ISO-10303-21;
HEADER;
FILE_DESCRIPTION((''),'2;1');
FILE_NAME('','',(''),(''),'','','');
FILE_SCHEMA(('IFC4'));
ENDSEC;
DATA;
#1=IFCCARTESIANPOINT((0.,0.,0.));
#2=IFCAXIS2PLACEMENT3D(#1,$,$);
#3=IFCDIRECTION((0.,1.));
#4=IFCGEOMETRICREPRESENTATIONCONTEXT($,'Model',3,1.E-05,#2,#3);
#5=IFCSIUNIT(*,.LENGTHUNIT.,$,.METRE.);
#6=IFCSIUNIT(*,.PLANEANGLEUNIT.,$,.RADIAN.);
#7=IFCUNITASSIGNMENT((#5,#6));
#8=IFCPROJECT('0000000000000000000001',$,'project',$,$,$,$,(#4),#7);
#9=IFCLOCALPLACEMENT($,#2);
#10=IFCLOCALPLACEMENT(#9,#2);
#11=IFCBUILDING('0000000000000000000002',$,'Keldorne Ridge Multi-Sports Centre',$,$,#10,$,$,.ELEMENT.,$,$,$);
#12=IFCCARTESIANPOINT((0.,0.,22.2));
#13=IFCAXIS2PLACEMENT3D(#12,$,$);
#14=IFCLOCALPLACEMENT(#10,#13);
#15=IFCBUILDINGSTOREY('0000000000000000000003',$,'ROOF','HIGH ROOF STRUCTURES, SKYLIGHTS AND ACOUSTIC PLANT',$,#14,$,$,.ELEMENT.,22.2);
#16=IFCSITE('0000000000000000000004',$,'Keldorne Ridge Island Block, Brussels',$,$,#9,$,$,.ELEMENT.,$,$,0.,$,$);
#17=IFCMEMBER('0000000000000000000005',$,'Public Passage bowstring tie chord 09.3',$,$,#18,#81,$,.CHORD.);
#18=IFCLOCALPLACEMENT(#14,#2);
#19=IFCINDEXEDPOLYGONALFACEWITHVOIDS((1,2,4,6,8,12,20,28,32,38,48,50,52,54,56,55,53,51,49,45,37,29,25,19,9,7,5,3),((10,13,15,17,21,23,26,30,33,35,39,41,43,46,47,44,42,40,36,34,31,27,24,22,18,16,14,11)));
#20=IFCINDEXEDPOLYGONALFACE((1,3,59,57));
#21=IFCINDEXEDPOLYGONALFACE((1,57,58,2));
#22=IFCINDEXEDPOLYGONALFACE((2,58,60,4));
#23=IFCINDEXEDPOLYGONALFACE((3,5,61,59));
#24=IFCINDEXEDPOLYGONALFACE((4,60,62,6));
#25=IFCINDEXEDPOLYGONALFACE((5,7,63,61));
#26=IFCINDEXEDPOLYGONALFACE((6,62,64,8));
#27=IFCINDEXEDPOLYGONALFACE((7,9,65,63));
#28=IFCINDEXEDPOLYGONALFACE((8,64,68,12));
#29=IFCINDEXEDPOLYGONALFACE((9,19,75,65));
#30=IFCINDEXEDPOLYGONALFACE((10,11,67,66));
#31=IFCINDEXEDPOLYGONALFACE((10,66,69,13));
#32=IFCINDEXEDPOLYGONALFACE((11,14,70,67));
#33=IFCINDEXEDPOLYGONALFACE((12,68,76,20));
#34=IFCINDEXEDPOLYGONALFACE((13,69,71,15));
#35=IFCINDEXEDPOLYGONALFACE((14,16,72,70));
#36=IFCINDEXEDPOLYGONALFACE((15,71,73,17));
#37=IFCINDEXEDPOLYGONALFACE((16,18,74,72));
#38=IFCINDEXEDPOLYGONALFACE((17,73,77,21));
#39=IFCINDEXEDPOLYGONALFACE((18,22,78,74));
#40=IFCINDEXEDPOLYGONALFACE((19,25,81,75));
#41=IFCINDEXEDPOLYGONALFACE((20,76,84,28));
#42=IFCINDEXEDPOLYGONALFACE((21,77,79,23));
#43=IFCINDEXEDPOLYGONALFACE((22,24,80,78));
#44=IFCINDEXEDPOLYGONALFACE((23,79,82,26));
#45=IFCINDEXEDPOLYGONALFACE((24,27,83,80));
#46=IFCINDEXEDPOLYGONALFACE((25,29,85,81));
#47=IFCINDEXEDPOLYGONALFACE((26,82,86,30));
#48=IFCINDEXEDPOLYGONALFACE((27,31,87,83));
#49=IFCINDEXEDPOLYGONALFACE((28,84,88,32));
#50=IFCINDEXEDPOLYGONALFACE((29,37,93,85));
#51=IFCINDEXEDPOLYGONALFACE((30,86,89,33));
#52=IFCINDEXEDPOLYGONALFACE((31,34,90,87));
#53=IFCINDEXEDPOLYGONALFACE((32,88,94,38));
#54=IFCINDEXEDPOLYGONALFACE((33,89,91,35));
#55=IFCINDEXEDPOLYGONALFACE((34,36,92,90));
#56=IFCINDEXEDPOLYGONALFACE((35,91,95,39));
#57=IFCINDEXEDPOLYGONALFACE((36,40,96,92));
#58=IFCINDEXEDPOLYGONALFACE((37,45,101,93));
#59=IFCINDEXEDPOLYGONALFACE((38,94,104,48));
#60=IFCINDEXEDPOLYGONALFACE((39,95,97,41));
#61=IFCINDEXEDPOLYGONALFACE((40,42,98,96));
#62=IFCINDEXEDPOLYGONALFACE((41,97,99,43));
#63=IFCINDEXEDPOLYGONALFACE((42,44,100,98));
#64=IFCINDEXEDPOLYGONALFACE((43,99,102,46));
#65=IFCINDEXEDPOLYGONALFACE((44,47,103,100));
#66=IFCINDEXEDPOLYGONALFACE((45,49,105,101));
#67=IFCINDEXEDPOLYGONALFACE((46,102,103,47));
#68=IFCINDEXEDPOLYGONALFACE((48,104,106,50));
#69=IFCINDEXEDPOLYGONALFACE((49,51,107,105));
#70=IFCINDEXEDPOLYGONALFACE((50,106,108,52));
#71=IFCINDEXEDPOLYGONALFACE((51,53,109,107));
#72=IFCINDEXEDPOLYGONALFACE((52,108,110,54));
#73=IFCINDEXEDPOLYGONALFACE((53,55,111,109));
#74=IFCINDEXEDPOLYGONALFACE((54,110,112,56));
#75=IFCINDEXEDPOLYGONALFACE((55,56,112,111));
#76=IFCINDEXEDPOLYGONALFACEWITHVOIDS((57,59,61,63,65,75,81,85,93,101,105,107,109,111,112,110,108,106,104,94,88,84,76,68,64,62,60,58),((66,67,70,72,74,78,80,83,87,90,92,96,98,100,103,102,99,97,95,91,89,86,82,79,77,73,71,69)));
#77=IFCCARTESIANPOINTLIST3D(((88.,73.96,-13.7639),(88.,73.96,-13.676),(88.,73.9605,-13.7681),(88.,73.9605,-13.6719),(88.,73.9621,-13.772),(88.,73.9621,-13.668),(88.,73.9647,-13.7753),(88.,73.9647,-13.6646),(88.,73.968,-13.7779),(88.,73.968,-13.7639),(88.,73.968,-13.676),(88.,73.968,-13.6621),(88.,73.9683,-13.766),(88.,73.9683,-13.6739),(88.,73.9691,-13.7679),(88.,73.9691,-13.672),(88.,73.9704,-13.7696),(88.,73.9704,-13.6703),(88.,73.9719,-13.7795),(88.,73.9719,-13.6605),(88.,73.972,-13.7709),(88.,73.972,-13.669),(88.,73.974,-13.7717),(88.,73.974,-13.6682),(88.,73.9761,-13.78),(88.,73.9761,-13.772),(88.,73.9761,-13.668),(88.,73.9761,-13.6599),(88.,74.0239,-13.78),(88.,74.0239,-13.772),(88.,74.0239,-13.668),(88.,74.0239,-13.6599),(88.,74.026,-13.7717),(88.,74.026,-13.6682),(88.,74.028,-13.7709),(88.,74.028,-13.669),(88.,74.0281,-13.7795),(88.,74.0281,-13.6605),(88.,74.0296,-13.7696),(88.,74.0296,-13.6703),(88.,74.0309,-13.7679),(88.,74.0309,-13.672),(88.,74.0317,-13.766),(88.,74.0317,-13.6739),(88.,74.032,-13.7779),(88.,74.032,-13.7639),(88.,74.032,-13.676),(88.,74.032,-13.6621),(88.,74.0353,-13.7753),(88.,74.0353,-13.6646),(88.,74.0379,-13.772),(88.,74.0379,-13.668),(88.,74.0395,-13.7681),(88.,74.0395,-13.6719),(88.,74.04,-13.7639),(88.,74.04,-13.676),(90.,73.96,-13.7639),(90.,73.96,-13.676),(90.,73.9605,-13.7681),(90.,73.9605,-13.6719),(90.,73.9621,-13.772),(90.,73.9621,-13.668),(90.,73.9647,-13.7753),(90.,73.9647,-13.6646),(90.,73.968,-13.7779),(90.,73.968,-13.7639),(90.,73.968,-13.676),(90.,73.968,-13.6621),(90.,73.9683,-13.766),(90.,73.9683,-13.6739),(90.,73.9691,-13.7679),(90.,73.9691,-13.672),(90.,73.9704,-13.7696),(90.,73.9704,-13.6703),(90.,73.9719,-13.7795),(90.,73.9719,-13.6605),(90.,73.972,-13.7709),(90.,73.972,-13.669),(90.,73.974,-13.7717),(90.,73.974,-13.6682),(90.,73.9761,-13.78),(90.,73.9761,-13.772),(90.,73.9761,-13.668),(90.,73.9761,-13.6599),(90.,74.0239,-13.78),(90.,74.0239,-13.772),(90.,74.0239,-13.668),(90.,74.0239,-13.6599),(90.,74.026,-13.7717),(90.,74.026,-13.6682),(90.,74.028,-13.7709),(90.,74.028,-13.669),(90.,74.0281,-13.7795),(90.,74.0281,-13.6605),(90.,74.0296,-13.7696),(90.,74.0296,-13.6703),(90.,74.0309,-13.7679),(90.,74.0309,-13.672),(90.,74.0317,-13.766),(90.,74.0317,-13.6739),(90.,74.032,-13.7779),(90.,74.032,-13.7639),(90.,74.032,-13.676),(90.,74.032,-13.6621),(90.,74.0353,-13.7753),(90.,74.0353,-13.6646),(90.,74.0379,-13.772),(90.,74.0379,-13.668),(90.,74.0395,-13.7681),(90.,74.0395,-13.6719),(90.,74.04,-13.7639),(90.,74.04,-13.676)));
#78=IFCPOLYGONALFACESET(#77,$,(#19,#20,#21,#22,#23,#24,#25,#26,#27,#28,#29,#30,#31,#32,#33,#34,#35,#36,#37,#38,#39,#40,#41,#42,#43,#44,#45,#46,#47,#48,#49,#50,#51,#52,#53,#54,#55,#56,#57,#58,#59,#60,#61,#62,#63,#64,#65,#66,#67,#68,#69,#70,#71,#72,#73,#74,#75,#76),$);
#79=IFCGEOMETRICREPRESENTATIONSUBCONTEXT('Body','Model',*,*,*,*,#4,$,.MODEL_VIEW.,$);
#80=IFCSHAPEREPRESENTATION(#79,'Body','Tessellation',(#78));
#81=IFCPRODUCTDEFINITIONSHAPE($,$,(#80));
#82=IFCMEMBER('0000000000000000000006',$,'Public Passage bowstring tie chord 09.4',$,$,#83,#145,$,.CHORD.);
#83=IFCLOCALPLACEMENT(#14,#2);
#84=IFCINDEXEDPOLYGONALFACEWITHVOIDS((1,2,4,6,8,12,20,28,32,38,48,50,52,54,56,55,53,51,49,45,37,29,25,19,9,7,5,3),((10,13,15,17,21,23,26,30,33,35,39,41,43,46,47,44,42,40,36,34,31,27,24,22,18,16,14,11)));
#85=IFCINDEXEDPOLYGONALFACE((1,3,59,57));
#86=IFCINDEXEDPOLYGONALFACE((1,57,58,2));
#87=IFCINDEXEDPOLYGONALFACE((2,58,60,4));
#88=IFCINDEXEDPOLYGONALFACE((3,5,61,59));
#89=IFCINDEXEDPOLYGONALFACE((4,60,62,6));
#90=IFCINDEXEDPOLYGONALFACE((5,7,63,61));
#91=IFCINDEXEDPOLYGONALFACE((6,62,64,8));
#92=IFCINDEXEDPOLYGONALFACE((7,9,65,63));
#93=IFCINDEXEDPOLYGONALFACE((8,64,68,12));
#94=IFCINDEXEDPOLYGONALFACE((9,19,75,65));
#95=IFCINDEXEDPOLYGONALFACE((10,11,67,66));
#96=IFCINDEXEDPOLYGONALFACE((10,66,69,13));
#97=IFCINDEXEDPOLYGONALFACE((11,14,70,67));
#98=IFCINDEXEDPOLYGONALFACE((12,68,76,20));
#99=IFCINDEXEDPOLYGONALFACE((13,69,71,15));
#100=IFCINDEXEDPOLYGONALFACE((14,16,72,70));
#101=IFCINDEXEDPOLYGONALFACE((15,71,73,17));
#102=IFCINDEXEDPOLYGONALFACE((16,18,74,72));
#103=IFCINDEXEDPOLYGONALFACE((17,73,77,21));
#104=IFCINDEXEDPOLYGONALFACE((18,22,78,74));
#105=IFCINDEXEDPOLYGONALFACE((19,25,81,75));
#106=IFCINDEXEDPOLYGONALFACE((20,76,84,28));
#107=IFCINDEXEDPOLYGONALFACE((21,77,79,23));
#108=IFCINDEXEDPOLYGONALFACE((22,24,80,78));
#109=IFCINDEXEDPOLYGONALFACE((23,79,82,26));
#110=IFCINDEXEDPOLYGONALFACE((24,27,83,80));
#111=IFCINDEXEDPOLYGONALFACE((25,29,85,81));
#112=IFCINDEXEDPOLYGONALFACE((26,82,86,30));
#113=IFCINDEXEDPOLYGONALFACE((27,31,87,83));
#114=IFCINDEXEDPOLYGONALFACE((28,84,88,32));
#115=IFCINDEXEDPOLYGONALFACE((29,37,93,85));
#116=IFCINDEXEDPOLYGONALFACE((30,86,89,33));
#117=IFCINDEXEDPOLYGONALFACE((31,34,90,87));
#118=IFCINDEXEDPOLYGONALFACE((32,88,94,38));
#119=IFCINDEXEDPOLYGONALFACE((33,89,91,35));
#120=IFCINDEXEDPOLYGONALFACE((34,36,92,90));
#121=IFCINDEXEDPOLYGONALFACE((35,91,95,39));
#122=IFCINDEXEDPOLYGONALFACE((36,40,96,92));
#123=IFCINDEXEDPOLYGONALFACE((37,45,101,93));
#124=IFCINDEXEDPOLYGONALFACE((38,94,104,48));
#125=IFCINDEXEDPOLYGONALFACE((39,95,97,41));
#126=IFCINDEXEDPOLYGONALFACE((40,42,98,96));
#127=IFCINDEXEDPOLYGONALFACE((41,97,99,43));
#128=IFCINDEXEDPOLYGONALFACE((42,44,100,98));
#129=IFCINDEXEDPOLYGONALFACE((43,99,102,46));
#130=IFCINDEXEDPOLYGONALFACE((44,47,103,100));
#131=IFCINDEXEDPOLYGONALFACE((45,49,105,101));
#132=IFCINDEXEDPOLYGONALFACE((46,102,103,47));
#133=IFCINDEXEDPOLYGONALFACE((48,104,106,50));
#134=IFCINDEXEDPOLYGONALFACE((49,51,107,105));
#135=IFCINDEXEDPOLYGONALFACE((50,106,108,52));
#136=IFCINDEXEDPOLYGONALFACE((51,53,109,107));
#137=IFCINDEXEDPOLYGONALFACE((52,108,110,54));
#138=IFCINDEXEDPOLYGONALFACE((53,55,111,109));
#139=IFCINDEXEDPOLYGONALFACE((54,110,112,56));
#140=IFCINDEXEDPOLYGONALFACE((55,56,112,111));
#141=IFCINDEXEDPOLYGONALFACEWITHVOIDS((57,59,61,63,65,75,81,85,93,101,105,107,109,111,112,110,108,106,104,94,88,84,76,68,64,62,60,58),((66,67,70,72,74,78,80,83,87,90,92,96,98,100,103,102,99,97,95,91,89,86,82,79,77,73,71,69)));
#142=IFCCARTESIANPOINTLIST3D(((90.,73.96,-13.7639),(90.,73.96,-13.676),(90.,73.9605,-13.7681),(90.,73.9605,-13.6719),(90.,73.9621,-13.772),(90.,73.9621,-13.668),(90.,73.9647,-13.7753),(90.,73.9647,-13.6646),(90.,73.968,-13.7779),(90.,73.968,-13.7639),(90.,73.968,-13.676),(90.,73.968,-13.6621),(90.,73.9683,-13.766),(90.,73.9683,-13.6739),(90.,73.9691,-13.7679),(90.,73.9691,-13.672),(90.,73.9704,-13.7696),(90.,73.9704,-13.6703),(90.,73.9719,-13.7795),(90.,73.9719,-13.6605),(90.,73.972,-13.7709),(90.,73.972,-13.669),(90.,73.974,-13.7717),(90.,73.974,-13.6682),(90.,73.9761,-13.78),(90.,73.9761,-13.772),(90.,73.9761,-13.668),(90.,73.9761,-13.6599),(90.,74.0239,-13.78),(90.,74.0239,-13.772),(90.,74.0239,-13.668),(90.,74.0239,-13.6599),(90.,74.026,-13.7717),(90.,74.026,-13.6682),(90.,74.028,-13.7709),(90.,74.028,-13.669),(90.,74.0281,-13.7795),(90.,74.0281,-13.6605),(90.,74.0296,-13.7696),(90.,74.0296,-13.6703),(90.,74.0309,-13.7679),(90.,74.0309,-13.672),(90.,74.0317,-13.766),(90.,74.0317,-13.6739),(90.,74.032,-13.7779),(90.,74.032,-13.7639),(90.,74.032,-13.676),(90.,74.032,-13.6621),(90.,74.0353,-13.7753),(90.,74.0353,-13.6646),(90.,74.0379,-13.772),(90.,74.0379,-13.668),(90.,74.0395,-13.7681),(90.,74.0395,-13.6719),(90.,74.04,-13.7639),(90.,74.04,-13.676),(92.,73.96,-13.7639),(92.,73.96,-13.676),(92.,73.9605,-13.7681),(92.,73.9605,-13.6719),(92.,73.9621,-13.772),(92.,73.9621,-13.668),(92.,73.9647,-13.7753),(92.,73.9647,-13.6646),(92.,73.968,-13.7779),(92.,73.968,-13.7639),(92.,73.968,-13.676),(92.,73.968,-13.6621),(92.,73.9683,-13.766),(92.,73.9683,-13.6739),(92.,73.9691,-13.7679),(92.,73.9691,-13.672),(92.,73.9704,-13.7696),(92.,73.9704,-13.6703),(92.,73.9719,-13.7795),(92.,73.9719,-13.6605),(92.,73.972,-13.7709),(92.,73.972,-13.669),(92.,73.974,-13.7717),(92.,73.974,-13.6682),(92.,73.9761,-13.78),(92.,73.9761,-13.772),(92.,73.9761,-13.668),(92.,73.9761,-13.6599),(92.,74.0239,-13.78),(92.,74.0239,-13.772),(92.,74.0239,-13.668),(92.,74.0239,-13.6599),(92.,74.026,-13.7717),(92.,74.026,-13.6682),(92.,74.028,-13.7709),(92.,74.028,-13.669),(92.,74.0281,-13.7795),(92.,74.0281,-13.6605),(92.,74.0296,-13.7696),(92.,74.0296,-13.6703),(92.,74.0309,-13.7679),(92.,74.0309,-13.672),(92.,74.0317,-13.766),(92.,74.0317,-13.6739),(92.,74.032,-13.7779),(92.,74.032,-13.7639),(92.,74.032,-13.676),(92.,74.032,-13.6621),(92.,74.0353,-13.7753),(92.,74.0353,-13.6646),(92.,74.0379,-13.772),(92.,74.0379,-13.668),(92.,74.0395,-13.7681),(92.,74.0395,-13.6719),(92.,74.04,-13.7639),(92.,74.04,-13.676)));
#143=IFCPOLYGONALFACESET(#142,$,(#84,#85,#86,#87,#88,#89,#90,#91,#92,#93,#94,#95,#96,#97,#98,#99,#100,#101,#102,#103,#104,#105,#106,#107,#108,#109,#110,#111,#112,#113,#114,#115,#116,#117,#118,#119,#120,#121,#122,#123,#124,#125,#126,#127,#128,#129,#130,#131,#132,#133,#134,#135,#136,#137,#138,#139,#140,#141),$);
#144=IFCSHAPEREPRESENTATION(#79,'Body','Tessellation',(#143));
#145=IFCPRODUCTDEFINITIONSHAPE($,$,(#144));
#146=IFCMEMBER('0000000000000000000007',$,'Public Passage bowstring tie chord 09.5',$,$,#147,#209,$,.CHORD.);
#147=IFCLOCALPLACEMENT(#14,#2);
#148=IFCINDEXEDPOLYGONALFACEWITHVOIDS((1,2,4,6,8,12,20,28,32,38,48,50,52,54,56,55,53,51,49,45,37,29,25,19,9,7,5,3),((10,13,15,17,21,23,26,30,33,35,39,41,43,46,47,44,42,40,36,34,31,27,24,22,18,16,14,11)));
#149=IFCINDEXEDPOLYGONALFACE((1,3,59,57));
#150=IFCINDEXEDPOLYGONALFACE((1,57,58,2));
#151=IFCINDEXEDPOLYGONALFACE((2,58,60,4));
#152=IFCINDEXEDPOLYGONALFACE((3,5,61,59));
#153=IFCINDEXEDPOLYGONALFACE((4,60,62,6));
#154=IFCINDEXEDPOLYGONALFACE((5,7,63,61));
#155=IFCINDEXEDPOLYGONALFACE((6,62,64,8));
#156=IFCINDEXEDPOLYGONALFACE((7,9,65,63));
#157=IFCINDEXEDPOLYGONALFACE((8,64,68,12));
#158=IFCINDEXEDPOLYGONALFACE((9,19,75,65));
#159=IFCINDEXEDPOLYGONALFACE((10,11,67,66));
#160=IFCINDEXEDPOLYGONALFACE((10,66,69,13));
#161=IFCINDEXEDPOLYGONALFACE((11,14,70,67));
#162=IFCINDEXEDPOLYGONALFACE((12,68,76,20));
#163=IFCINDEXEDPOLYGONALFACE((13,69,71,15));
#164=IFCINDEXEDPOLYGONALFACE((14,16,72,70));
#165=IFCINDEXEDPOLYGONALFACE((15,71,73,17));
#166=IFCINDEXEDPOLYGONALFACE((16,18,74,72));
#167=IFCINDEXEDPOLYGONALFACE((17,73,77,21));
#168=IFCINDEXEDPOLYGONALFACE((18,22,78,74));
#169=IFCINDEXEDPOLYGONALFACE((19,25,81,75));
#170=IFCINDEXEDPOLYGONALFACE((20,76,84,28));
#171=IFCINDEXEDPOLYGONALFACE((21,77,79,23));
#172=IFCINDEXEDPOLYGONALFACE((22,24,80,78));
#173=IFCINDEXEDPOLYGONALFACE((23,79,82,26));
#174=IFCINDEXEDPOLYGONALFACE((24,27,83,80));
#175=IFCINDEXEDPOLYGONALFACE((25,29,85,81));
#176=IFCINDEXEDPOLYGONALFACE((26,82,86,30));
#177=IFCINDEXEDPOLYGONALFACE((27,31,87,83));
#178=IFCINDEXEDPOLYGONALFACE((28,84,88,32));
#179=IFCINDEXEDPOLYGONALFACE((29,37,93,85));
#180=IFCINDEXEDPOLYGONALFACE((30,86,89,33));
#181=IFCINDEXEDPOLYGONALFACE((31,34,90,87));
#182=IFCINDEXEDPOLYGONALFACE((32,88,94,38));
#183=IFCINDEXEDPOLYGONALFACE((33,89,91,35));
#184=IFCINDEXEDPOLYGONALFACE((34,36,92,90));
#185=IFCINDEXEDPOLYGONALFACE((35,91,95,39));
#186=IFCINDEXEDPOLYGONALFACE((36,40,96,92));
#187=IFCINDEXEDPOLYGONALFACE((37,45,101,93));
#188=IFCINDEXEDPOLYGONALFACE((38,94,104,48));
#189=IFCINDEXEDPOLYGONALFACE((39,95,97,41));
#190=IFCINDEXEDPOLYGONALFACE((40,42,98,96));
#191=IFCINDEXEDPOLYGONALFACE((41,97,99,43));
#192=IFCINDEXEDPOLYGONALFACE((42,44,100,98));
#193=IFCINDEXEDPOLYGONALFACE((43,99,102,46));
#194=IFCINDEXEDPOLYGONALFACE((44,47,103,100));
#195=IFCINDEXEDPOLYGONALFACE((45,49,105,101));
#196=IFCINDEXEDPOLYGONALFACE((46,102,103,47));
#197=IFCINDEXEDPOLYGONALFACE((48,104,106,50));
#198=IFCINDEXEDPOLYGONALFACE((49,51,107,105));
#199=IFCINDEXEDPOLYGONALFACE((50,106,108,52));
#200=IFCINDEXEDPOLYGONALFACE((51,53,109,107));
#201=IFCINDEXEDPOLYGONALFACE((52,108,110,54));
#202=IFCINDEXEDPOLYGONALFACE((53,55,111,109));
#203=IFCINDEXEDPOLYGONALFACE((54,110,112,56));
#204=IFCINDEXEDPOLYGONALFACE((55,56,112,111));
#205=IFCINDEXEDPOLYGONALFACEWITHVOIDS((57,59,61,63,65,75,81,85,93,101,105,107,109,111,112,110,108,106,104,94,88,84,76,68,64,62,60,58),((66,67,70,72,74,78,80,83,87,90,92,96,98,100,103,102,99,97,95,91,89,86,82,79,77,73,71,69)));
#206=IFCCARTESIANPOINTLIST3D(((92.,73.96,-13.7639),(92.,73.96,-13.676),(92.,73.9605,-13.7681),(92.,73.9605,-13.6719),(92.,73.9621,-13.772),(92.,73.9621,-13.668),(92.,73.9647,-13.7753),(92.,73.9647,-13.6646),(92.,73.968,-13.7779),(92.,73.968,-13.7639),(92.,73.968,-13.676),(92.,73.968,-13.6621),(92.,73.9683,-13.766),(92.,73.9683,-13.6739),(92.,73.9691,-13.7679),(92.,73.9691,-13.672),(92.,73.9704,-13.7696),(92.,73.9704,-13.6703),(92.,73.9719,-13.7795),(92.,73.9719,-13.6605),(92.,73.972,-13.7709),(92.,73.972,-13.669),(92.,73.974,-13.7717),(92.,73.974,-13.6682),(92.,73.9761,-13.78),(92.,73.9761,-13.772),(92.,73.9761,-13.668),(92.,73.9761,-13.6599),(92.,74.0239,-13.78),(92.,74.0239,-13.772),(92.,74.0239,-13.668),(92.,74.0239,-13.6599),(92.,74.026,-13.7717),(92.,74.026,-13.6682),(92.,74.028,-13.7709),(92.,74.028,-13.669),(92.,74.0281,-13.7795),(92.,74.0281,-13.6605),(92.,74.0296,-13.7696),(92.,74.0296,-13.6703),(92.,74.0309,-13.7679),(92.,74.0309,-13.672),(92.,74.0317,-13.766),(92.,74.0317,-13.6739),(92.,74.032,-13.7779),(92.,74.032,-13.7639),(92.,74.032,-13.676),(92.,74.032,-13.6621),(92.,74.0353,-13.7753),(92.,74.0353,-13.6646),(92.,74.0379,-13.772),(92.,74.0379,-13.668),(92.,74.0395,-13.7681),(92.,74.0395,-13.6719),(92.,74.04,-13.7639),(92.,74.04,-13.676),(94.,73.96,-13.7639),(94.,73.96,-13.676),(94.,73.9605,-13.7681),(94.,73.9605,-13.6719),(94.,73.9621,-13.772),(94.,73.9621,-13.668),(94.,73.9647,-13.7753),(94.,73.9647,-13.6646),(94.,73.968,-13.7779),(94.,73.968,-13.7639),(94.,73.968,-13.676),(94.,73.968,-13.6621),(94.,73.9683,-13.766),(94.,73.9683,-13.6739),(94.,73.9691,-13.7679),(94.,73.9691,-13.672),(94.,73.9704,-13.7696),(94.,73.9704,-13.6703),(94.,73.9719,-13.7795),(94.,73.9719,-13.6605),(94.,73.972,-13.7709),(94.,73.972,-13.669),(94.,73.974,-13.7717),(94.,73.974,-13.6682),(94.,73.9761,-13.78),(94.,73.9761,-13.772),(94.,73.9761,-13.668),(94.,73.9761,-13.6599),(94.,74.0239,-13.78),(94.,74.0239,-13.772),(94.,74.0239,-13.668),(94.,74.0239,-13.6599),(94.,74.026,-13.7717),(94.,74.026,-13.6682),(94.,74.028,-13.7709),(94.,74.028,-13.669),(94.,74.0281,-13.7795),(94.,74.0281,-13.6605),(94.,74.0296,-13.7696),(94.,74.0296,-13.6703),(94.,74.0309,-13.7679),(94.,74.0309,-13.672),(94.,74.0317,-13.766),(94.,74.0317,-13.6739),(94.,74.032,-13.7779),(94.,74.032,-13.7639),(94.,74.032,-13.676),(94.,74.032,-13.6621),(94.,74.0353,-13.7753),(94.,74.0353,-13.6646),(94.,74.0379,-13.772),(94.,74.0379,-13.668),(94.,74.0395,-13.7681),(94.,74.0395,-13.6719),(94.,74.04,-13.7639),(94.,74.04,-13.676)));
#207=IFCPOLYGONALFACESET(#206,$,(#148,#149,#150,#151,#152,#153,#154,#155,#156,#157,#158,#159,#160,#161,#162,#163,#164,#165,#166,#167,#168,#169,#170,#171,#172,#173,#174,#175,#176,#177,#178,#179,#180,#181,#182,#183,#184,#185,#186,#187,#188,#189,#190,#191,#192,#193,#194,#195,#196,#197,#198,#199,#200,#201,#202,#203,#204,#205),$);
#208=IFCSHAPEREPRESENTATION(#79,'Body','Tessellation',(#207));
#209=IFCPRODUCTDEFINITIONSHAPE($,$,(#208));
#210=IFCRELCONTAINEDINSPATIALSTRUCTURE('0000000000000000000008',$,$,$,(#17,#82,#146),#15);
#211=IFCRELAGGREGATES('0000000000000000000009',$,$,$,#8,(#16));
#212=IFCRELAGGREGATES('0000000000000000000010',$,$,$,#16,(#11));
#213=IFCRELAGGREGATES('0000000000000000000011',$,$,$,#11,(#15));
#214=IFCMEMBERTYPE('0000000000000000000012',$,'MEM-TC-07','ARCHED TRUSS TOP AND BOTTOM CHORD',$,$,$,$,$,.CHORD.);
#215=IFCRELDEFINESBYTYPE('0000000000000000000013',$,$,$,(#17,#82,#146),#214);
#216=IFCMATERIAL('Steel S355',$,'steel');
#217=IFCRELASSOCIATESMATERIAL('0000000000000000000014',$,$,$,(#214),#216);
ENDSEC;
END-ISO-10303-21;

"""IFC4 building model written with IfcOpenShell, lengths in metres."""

from ifc_helpers import new_model, si_unit, direction, frame, origin, origin_2d, place, context, subcontext, project, spatial, hollow_rectangle, extrude, material, material_profile, profile_set, type_object, element, save


model = new_model("IFC4")

# Units and contexts
model_context = context("Model", 3, precision=1e-05, world=origin(), true_north=direction((0.0, 1.0)))
body_context = subcontext(model_context, "Body", "Model", "MODEL_VIEW")
ifc_project = project(units=[si_unit("LENGTHUNIT", "METRE"), si_unit("PLANEANGLEUNIT", "RADIAN")], contexts=[model_context])

# Site, building, storey
site_placement = place(None, origin())
site = spatial("IfcSite", under=ifc_project, at=site_placement, Name="Keldorne Ridge Island Block, Brussels", CompositionType="ELEMENT", RefElevation=0.0)
building_placement = place(site_placement, origin())
building = spatial("IfcBuilding", under=site, at=building_placement, Name="Keldorne Ridge Multi-Sports Centre", CompositionType="ELEMENT")
storey_placement = place(building_placement, frame((0.0, 0.0, 22.2)))
storey = spatial("IfcBuildingStorey", under=building, at=storey_placement, Name="ROOF", Description="HIGH ROOF STRUCTURES, SKYLIGHTS AND ACOUSTIC PLANT", CompositionType="ELEMENT", Elevation=22.2)

# Members
ifc_material = material(Name="Steel S355", Category="steel")
ifc_material_profile_1 = material_profile(ifc_material, hollow_rectangle(XDim=0.0801, YDim=0.1201, WallThickness=0.0081, InnerFilletRadius=0.0081, OuterFilletRadius=0.0161, at=origin_2d()), Name="RHS 120x80x8")
ifc_profile_set_1 = profile_set([ifc_material_profile_1], Name="Steel S355")
member_type_1 = type_object("IfcMemberType", Name="MEM-TC-07", Description="ARCHED TRUSS TOP AND BOTTOM CHORD", PredefinedType="CHORD", material=ifc_profile_set_1)
for number, where, z_axis, x_axis, name in (
    (1, (88.0, 74.0, -13.72), (1.0, 0.0, 0.0), (0.0, 1.0, 0.0), "Public Passage bowstring tie chord 09.3"),
    (2, (90.0, 74.0, -13.72), (1.0, 0.0, 0.0), (0.0, 1.0, 0.0), "Public Passage bowstring tie chord 09.4"),
    (3, (92.0, 74.0, -13.72), (1.0, 0.0, 0.0), (0.0, 1.0, 0.0), "Public Passage bowstring tie chord 09.5"),
):
    element("IfcMember", number, at=place(storey_placement, frame(where, z_axis=z_axis, x_axis=x_axis)), inside=storey, type_object=member_type_1, Name=name, PredefinedType="CHORD", context=body_context, shape_type="SweptSolid", body=[
        extrude(hollow_rectangle(XDim=0.0801, YDim=0.1201, WallThickness=0.0081, InnerFilletRadius=0.0081, OuterFilletRadius=0.0161, at=origin_2d()), origin(), (0.0, 0.0, 1.0), 2.0),
    ])

save(model, "model.ifc")
